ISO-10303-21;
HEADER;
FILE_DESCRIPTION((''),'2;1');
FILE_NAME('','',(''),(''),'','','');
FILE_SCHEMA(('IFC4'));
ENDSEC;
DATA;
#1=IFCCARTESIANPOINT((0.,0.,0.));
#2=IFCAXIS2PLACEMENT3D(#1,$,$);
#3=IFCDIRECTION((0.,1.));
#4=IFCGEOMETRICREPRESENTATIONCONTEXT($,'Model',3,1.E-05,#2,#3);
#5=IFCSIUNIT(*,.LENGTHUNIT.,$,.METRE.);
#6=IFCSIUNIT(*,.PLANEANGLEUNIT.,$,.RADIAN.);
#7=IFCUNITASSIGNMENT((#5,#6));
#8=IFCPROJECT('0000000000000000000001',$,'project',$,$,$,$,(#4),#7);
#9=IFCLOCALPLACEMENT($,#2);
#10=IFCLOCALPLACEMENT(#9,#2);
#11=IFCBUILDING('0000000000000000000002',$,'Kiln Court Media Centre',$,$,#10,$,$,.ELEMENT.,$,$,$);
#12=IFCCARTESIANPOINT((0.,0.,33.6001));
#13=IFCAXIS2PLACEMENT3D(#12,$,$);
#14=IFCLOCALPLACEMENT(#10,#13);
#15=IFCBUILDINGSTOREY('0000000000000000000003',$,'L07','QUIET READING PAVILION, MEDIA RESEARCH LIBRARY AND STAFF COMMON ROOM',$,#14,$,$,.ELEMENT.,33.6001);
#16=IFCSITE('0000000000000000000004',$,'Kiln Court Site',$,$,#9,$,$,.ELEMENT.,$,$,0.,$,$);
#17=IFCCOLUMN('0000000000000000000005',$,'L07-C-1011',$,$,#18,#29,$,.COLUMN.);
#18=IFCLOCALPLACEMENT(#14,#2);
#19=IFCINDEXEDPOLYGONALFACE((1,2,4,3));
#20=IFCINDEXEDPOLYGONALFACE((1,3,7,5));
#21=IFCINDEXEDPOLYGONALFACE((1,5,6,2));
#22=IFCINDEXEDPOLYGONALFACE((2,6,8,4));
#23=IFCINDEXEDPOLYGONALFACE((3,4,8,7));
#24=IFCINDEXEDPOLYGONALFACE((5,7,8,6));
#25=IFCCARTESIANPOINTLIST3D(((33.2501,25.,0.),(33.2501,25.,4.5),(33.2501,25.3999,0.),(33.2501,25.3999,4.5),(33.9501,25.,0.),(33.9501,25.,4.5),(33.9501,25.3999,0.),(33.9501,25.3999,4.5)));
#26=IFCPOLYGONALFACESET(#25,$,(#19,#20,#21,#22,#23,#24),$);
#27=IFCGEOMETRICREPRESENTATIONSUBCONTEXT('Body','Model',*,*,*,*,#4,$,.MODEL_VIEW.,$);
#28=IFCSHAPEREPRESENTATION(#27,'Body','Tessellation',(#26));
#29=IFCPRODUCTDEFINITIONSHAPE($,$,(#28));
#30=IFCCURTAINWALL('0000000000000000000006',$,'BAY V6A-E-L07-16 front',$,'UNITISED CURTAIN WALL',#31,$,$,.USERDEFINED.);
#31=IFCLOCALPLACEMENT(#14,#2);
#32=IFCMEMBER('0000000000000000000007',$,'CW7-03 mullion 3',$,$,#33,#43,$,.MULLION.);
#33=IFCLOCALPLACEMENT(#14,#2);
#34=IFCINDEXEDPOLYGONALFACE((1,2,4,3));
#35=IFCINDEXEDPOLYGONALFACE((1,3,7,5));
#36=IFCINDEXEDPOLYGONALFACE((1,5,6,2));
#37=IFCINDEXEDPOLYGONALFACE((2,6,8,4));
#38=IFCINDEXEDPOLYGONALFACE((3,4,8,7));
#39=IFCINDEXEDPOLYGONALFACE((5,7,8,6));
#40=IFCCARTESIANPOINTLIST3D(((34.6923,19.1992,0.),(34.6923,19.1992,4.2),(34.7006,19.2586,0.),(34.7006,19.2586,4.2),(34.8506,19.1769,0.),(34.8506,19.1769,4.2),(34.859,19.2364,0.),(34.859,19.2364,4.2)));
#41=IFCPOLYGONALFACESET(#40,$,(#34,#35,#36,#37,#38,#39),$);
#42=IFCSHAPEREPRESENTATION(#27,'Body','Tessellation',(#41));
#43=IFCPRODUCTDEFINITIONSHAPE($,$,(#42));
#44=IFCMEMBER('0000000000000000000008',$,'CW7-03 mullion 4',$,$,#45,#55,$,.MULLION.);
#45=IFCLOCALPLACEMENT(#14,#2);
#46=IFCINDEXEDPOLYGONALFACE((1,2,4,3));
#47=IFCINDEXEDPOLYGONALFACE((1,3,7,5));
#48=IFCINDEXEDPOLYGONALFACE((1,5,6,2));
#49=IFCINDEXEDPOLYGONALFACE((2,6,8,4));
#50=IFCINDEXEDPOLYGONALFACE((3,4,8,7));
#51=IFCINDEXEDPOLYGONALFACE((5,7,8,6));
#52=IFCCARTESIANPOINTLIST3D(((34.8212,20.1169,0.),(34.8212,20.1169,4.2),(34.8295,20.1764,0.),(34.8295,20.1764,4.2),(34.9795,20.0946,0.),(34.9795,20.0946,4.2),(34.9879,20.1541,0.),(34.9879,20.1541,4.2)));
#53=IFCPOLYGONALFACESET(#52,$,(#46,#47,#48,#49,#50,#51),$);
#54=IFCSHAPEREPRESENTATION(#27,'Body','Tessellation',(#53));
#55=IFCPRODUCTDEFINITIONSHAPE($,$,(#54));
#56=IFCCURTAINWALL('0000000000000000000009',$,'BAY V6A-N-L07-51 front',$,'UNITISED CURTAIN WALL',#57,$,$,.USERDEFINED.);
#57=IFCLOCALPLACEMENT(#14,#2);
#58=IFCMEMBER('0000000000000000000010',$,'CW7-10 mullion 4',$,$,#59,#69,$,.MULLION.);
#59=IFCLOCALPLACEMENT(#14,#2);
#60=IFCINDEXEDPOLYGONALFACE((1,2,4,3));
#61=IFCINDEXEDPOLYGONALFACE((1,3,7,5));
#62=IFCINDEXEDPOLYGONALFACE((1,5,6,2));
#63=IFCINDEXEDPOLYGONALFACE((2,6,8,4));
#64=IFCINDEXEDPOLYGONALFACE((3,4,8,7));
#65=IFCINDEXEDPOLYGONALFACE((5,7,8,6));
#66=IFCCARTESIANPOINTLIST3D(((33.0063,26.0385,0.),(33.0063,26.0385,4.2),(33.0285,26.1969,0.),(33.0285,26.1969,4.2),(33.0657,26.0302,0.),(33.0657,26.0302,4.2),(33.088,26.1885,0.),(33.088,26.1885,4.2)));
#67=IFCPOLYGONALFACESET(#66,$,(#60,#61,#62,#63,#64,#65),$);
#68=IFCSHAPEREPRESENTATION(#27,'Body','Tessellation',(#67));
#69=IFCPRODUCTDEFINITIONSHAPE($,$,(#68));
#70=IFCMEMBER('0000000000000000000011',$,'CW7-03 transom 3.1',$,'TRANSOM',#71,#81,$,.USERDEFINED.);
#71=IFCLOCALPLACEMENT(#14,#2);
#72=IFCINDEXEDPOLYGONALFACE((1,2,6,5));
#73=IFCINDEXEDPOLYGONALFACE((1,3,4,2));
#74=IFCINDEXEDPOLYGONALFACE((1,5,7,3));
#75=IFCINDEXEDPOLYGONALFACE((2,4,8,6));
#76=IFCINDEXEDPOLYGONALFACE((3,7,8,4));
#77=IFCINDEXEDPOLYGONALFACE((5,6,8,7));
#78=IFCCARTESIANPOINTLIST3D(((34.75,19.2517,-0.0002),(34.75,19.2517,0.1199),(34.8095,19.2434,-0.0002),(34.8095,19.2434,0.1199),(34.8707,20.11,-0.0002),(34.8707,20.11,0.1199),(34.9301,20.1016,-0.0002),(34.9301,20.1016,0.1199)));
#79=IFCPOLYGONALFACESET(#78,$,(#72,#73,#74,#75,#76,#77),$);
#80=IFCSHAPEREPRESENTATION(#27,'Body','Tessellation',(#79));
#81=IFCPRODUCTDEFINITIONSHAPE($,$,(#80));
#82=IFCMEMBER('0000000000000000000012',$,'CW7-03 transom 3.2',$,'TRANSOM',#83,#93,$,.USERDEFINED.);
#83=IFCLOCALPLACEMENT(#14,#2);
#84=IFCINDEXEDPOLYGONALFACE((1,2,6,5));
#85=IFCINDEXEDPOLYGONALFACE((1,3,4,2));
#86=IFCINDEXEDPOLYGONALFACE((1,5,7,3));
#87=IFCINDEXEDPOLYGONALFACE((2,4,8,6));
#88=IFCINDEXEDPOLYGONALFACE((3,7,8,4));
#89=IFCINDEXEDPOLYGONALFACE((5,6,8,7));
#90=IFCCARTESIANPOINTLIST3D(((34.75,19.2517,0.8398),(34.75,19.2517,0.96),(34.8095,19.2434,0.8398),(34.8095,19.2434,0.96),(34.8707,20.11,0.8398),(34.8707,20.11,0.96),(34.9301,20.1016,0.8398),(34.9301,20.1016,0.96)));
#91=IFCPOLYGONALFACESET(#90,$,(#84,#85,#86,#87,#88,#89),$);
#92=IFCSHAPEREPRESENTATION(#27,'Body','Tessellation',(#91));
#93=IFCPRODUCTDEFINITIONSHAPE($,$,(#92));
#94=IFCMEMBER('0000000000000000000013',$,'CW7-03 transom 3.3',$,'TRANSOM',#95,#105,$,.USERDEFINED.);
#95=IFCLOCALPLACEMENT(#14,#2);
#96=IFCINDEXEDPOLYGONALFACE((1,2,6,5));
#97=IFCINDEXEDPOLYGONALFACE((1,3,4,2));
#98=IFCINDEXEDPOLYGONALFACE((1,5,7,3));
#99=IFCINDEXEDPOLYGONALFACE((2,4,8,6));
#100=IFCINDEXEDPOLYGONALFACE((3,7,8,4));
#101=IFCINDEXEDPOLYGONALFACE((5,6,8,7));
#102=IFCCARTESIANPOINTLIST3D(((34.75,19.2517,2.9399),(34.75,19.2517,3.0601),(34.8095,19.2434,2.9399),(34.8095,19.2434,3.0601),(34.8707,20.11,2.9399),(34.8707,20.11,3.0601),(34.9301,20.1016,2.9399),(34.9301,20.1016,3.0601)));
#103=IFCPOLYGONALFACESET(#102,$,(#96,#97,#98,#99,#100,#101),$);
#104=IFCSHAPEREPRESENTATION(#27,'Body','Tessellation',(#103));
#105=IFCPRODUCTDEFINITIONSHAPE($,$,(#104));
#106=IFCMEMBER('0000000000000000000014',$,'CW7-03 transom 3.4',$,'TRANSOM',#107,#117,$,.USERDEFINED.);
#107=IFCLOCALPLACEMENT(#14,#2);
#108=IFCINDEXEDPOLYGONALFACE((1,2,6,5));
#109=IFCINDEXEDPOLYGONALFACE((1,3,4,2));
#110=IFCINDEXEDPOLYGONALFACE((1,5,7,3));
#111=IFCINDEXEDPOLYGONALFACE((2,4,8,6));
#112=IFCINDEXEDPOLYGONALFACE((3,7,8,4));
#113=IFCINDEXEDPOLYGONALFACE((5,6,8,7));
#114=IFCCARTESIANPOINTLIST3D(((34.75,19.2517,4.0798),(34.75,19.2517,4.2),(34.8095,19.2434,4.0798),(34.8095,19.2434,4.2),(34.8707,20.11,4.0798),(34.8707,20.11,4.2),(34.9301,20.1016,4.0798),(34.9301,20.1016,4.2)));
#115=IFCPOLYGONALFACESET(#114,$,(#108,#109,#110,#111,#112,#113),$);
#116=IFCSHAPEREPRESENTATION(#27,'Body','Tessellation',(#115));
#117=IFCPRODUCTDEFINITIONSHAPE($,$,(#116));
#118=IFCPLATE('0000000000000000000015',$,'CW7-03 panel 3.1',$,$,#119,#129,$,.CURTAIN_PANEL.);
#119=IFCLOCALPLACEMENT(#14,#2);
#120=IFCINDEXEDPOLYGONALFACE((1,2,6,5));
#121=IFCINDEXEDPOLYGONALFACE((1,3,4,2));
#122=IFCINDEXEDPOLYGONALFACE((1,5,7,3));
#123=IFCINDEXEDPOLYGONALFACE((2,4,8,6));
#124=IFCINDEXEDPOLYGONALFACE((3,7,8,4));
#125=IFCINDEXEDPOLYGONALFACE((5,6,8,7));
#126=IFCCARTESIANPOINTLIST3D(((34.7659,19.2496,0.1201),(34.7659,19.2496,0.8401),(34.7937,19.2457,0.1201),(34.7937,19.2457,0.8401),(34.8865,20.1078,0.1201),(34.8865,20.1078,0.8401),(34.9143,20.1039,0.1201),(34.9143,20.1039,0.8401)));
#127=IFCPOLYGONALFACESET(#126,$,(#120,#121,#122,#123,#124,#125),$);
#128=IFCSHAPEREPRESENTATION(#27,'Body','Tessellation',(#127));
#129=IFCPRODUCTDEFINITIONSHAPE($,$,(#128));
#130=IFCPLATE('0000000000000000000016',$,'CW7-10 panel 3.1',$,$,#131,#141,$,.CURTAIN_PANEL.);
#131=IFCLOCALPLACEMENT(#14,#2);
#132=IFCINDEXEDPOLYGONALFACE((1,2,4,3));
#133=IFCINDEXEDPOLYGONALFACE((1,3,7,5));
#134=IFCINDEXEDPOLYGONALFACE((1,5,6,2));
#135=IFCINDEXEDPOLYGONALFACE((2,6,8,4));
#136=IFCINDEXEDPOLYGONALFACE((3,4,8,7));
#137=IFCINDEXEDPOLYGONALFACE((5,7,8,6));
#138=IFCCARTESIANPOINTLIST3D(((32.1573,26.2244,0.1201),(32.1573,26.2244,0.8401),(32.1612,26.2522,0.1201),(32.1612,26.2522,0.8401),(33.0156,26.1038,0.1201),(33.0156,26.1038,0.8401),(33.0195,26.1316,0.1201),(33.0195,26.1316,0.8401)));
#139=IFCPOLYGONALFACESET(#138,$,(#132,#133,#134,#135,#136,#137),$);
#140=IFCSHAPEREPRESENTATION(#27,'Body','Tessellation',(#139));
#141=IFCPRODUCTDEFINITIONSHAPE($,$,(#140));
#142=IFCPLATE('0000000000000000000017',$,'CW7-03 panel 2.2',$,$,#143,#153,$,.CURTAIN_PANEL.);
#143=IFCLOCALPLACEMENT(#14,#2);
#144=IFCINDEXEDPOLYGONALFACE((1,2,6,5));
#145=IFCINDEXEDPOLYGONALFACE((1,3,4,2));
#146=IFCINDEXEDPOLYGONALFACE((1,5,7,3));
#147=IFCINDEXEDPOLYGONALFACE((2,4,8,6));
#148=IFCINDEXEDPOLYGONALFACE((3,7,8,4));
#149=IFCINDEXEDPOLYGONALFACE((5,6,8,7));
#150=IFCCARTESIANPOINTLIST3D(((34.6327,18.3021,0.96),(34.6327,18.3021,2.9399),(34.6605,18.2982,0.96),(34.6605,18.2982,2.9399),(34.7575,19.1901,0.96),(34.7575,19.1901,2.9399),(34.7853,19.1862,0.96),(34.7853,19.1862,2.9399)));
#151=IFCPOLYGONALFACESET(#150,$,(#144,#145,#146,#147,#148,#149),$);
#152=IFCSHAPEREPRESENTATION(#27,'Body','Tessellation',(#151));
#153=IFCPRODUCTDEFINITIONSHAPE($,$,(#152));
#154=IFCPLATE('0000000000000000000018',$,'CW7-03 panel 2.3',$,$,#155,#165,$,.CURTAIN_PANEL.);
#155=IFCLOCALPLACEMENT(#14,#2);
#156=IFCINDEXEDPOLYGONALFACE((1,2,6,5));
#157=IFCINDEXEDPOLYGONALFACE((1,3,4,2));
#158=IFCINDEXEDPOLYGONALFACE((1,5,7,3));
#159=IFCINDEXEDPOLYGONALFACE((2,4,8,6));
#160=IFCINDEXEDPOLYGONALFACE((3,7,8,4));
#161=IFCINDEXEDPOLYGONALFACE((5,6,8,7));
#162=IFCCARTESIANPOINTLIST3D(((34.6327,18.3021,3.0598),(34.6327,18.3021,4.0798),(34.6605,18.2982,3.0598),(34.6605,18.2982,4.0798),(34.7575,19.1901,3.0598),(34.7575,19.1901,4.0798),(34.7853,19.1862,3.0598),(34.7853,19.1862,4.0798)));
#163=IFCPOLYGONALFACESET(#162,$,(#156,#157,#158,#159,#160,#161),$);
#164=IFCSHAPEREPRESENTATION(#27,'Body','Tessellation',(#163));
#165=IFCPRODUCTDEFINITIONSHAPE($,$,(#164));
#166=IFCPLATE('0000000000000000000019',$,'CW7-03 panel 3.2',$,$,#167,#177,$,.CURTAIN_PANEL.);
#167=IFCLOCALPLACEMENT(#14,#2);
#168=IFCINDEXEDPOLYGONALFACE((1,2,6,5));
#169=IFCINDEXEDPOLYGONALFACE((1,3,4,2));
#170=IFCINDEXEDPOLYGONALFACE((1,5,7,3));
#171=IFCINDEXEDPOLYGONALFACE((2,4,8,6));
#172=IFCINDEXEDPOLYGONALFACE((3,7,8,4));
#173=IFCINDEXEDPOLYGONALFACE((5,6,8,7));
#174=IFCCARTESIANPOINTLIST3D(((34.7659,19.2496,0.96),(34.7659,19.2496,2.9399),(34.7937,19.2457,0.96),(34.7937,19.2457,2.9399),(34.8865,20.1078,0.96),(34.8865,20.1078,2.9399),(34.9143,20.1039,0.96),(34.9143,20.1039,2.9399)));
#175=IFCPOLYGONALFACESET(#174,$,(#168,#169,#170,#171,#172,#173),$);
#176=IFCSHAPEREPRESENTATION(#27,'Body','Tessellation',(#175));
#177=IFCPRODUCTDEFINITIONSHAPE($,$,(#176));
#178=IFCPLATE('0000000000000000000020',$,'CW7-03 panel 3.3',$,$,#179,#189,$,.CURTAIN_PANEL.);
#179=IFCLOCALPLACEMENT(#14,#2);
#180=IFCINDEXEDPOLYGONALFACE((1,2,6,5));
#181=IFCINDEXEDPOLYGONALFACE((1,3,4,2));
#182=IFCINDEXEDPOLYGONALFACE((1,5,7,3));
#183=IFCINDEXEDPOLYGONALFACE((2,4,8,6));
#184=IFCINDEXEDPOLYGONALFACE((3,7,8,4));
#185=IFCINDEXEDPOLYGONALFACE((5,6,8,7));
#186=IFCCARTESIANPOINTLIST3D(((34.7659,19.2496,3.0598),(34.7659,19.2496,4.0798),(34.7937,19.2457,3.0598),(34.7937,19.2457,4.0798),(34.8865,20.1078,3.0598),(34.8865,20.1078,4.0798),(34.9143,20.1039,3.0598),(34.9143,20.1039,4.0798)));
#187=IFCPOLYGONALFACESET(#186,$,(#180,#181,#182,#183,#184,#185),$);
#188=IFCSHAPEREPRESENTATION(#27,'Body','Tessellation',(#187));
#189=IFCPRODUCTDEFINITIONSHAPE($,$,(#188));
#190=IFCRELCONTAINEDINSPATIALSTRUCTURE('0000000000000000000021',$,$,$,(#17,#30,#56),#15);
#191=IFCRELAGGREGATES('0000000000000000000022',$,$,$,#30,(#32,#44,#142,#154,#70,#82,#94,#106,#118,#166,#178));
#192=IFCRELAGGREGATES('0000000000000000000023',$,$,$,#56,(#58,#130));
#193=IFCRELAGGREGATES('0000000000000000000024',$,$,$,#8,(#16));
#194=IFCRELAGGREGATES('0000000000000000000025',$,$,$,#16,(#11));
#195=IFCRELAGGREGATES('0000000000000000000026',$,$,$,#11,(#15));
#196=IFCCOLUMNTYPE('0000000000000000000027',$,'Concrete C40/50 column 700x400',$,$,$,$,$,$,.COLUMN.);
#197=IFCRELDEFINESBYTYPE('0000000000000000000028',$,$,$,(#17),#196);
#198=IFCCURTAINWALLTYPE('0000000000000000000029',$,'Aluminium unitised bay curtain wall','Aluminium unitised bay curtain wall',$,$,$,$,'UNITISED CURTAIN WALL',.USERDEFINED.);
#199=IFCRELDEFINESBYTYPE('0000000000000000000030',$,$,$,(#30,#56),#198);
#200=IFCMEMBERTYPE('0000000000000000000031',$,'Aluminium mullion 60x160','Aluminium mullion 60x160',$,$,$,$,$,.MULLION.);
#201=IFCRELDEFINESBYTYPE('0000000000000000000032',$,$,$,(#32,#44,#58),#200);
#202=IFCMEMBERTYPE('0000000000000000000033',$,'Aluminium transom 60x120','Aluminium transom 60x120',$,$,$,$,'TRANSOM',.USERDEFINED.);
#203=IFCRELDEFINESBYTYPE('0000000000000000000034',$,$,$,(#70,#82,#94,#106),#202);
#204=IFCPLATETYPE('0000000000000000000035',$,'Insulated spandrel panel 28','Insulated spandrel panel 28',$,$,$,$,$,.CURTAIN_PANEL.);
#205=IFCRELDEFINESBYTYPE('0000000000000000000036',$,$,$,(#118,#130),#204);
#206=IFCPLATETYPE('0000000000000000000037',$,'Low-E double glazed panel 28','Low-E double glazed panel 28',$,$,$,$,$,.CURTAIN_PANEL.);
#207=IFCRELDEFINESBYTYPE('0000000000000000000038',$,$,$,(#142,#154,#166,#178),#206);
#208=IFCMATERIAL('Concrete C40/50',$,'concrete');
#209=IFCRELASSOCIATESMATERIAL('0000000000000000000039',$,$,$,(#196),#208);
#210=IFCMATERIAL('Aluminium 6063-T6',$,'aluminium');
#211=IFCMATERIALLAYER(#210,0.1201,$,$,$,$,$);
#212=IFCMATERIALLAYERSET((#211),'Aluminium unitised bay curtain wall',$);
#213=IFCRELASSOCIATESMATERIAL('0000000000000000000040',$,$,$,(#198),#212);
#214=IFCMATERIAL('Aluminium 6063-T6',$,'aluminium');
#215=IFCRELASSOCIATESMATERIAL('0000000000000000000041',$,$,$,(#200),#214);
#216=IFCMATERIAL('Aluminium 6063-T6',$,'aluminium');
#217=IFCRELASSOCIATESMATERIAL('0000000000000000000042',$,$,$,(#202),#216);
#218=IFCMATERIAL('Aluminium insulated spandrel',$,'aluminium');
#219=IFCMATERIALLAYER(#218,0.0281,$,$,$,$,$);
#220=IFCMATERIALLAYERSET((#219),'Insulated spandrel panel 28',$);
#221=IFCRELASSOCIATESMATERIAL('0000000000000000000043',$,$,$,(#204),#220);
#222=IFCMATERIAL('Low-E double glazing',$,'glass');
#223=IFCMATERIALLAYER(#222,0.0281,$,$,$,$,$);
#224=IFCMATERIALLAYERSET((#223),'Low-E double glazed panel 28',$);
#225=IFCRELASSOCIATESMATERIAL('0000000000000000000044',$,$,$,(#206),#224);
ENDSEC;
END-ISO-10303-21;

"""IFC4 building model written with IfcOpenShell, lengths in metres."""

from ifc_helpers import new_model, si_unit, direction, frame, origin, origin_2d, place, context, subcontext, project, spatial, rectangle, extrude, material, layer, layer_set, material_profile, profile_set, type_object, element, aggregate, save


model = new_model("IFC4")

# Units and contexts
model_context = context("Model", 3, precision=1e-05, world=origin(), true_north=direction((0.0, 1.0)))
body_context = subcontext(model_context, "Body", "Model", "MODEL_VIEW")
ifc_project = project(units=[si_unit("LENGTHUNIT", "METRE"), si_unit("PLANEANGLEUNIT", "RADIAN")], contexts=[model_context])

# Site, building, storey
site_placement = place(None, origin())
site = spatial("IfcSite", under=ifc_project, at=site_placement, Name="Kiln Court Site", CompositionType="ELEMENT", RefElevation=0.0)
building_placement = place(site_placement, origin())
building = spatial("IfcBuilding", under=site, at=building_placement, Name="Kiln Court Media Centre", CompositionType="ELEMENT")
storey_placement = place(building_placement, frame((0.0, 0.0, 33.6001)))
storey = spatial("IfcBuildingStorey", under=building, at=storey_placement, Name="L07", Description="QUIET READING PAVILION, MEDIA RESEARCH LIBRARY AND STAFF COMMON ROOM", CompositionType="ELEMENT", Elevation=33.6001)

# Column
ifc_material_1 = material(Name="Concrete C40/50", Category="concrete")
ifc_material_profile_1 = material_profile(ifc_material_1, rectangle(XDim=0.7, YDim=0.3999, at=origin_2d()), Name="RC 700x400")
ifc_profile_set_1 = profile_set([ifc_material_profile_1], Name="Concrete C40/50")
column_type = type_object("IfcColumnType", Name="Concrete C40/50 column 700x400", PredefinedType="COLUMN", material=ifc_profile_set_1)
column_placement = place(storey_placement, frame((33.6001, 25.2, 0.0), z_axis=(0.0, 0.0, 1.0), x_axis=(1.0, 0.0, 0.0)))
element("IfcColumn", 1, at=column_placement, inside=storey, type_object=column_type, Name="L07-C-1011", PredefinedType="COLUMN", context=body_context, shape_type="SweptSolid", body=[
    extrude(rectangle(XDim=0.7, YDim=0.3999, at=origin_2d()), origin(), (0.0, 0.0, 1.0), 4.5),
])

# Curtain wall, members
ifc_material_2 = material(Name="Aluminium 6063-T6", Category="aluminium")
ifc_layer_1 = layer(ifc_material_2, 0.1201)
ifc_layer_set_1 = layer_set([ifc_layer_1], Name="Aluminium unitised bay curtain wall")
curtain_wall_type = type_object("IfcCurtainWallType", Name="Aluminium unitised bay curtain wall", Description="Aluminium unitised bay curtain wall", ElementType="UNITISED CURTAIN WALL", PredefinedType="USERDEFINED", material=ifc_layer_set_1)
curtain_wall_1_placement = place(storey_placement, origin())
curtain_wall_1 = element("IfcCurtainWall", 2, at=curtain_wall_1_placement, inside=storey, type_object=curtain_wall_type, Name="BAY V6A-E-L07-16 front", ObjectType="UNITISED CURTAIN WALL", PredefinedType="USERDEFINED")
ifc_material_3 = material(Name="Aluminium 6063-T6", Category="aluminium")
ifc_material_profile_2 = material_profile(ifc_material_3, rectangle(XDim=0.0601, YDim=0.1599, at=origin_2d()), Name="Aluminium mullion 60x160")
ifc_profile_set_2 = profile_set([ifc_material_profile_2], Name="Aluminium 6063-T6")
member_type_1 = type_object("IfcMemberType", Name="Aluminium mullion 60x160", Description="Aluminium mullion 60x160", PredefinedType="MULLION", material=ifc_profile_set_2)
member_1_placement = place(storey_placement, frame((34.7756, 19.2178, 0.0), z_axis=(0.0, 0.0, 1.0), x_axis=(0.139162, 0.99027, 0.0)))
member_1 = element("IfcMember", 3, at=member_1_placement, type_object=member_type_1, Name="CW7-03 mullion 3", PredefinedType="MULLION", context=body_context, shape_type="SweptSolid", body=[
    extrude(rectangle(XDim=0.0601, YDim=0.1599, at=origin_2d()), origin(), (0.0, 0.0, 1.0), 4.2),
])
member_2_placement = place(storey_placement, frame((34.9045, 20.1355, 0.0), z_axis=(0.0, 0.0, 1.0), x_axis=(0.139162, 0.99027, 0.0)))
member_2 = element("IfcMember", 4, at=member_2_placement, type_object=member_type_1, Name="CW7-03 mullion 4", PredefinedType="MULLION", context=body_context, shape_type="SweptSolid", body=[
    extrude(rectangle(XDim=0.0601, YDim=0.1599, at=origin_2d()), origin(), (0.0, 0.0, 1.0), 4.2),
])

# Curtain wall, member
curtain_wall_2_placement = place(storey_placement, origin())
curtain_wall_2 = element("IfcCurtainWall", 5, at=curtain_wall_2_placement, inside=storey, type_object=curtain_wall_type, Name="BAY V6A-N-L07-51 front", ObjectType="UNITISED CURTAIN WALL", PredefinedType="USERDEFINED")
member_3_placement = place(storey_placement, frame((33.0471, 26.1135, 0.0), z_axis=(0.0, 0.0, 1.0), x_axis=(0.99027, -0.139162, 0.0)))
member_3 = element("IfcMember", 6, at=member_3_placement, type_object=member_type_1, Name="CW7-10 mullion 4", PredefinedType="MULLION", context=body_context, shape_type="SweptSolid", body=[
    extrude(rectangle(XDim=0.0601, YDim=0.1599, at=origin_2d()), origin(), (0.0, 0.0, 1.0), 4.2),
])

# Members
ifc_material_4 = material(Name="Aluminium 6063-T6", Category="aluminium")
ifc_material_profile_3 = material_profile(ifc_material_4, rectangle(XDim=0.0601, YDim=0.1201, at=origin_2d()), Name="Aluminium transom 60x120")
ifc_profile_set_3 = profile_set([ifc_material_profile_3], Name="Aluminium 6063-T6")
member_type_2 = type_object("IfcMemberType", Name="Aluminium transom 60x120", Description="Aluminium transom 60x120", ElementType="TRANSOM", PredefinedType="USERDEFINED", material=ifc_profile_set_3)
member_4_placement = place(storey_placement, frame((34.7798, 19.2476, 0.0598), z_axis=(0.139173, 0.990268, 0.0), x_axis=(-0.990268, 0.139173, 0.0)))
member_4 = element("IfcMember", 7, at=member_4_placement, type_object=member_type_2, Name="CW7-03 transom 3.1", ObjectType="TRANSOM", PredefinedType="USERDEFINED", context=body_context, shape_type="SweptSolid", body=[
    extrude(rectangle(XDim=0.0601, YDim=0.1201, at=origin_2d()), origin(), (0.0, 0.0, 1.0), 0.8667),
])
member_5_placement = place(storey_placement, frame((34.7798, 19.2476, 0.8999), z_axis=(0.139173, 0.990268, 0.0), x_axis=(-0.990268, 0.139173, 0.0)))
member_5 = element("IfcMember", 8, at=member_5_placement, type_object=member_type_2, Name="CW7-03 transom 3.2", ObjectType="TRANSOM", PredefinedType="USERDEFINED", context=body_context, shape_type="SweptSolid", body=[
    extrude(rectangle(XDim=0.0601, YDim=0.1201, at=origin_2d()), origin(), (0.0, 0.0, 1.0), 0.8667),
])
member_6_placement = place(storey_placement, frame((34.7798, 19.2476, 3.0), z_axis=(0.139173, 0.990268, 0.0), x_axis=(-0.990268, 0.139173, 0.0)))
member_6 = element("IfcMember", 9, at=member_6_placement, type_object=member_type_2, Name="CW7-03 transom 3.3", ObjectType="TRANSOM", PredefinedType="USERDEFINED", context=body_context, shape_type="SweptSolid", body=[
    extrude(rectangle(XDim=0.0601, YDim=0.1201, at=origin_2d()), origin(), (0.0, 0.0, 1.0), 0.8667),
])
member_7_placement = place(storey_placement, frame((34.7798, 19.2476, 4.1399), z_axis=(0.139173, 0.990268, 0.0), x_axis=(-0.990268, 0.139173, 0.0)))
member_7 = element("IfcMember", 10, at=member_7_placement, type_object=member_type_2, Name="CW7-03 transom 3.4", ObjectType="TRANSOM", PredefinedType="USERDEFINED", context=body_context, shape_type="SweptSolid", body=[
    extrude(rectangle(XDim=0.0601, YDim=0.1201, at=origin_2d()), origin(), (0.0, 0.0, 1.0), 0.8667),
])

# Plates
ifc_material_5 = material(Name="Aluminium insulated spandrel", Category="aluminium")
ifc_layer_2 = layer(ifc_material_5, 0.0281)
ifc_layer_set_2 = layer_set([ifc_layer_2], Name="Insulated spandrel panel 28")
plate_type_1 = type_object("IfcPlateType", Name="Insulated spandrel panel 28", Description="Insulated spandrel panel 28", PredefinedType="CURTAIN_PANEL", material=ifc_layer_set_2)
plate_1_placement = place(storey_placement, frame((34.8401, 19.6768, 0.1201), z_axis=(0.0, 0.0, 1.0), x_axis=(0.139162, 0.99027, 0.0)))
plate_1 = element("IfcPlate", 11, at=plate_1_placement, type_object=plate_type_1, Name="CW7-03 panel 3.1", PredefinedType="CURTAIN_PANEL", context=body_context, shape_type="SweptSolid", body=[
    extrude(rectangle(XDim=0.8667, YDim=0.0281, at=origin_2d()), origin(), (0.0, 0.0, 1.0), 0.72),
])
plate_2_placement = place(storey_placement, frame((32.5884, 26.178, 0.1201), z_axis=(0.0, 0.0, 1.0), x_axis=(0.99027, -0.139162, 0.0)))
plate_2 = element("IfcPlate", 12, at=plate_2_placement, type_object=plate_type_1, Name="CW7-10 panel 3.1", PredefinedType="CURTAIN_PANEL", context=body_context, shape_type="SweptSolid", body=[
    extrude(rectangle(XDim=0.8667, YDim=0.0281, at=origin_2d()), origin(), (0.0, 0.0, 1.0), 0.72),
])
ifc_material_6 = material(Name="Low-E double glazing", Category="glass")
ifc_layer_3 = layer(ifc_material_6, 0.0281)
ifc_layer_set_3 = layer_set([ifc_layer_3], Name="Low-E double glazed panel 28")
plate_type_2 = type_object("IfcPlateType", Name="Low-E double glazed panel 28", Description="Low-E double glazed panel 28", PredefinedType="CURTAIN_PANEL", material=ifc_layer_set_3)
plate_3_placement = place(storey_placement, frame((34.709, 18.7441, 0.96), z_axis=(0.0, 0.0, 1.0), x_axis=(0.139162, 0.99027, 0.0)))
plate_3 = element("IfcPlate", 13, at=plate_3_placement, type_object=plate_type_2, Name="CW7-03 panel 2.2", PredefinedType="CURTAIN_PANEL", context=body_context, shape_type="SweptSolid", body=[
    extrude(rectangle(XDim=0.8967, YDim=0.0281, at=origin_2d()), origin(), (0.0, 0.0, 1.0), 1.98),
])
plate_4_placement = place(storey_placement, frame((34.709, 18.7441, 3.0598), z_axis=(0.0, 0.0, 1.0), x_axis=(0.139162, 0.99027, 0.0)))
plate_4 = element("IfcPlate", 14, at=plate_4_placement, type_object=plate_type_2, Name="CW7-03 panel 2.3", PredefinedType="CURTAIN_PANEL", context=body_context, shape_type="SweptSolid", body=[
    extrude(rectangle(XDim=0.8967, YDim=0.0281, at=origin_2d()), origin(), (0.0, 0.0, 1.0), 1.02),
])
plate_5_placement = place(storey_placement, frame((34.8401, 19.6768, 0.96), z_axis=(0.0, 0.0, 1.0), x_axis=(0.139162, 0.99027, 0.0)))
plate_5 = element("IfcPlate", 15, at=plate_5_placement, type_object=plate_type_2, Name="CW7-03 panel 3.2", PredefinedType="CURTAIN_PANEL", context=body_context, shape_type="SweptSolid", body=[
    extrude(rectangle(XDim=0.8667, YDim=0.0281, at=origin_2d()), origin(), (0.0, 0.0, 1.0), 1.98),
])
plate_6_placement = place(storey_placement, frame((34.8401, 19.6768, 3.0598), z_axis=(0.0, 0.0, 1.0), x_axis=(0.139162, 0.99027, 0.0)))
plate_6 = element("IfcPlate", 16, at=plate_6_placement, type_object=plate_type_2, Name="CW7-03 panel 3.3", PredefinedType="CURTAIN_PANEL", context=body_context, shape_type="SweptSolid", body=[
    extrude(rectangle(XDim=0.8667, YDim=0.0281, at=origin_2d()), origin(), (0.0, 0.0, 1.0), 1.02),
])
aggregate(curtain_wall_1, [member_1, member_2, plate_3, plate_4, member_4, member_5, member_6, member_7, plate_1, plate_5, plate_6])
aggregate(curtain_wall_2, [member_3, plate_2])

save(model, "model.ifc")
